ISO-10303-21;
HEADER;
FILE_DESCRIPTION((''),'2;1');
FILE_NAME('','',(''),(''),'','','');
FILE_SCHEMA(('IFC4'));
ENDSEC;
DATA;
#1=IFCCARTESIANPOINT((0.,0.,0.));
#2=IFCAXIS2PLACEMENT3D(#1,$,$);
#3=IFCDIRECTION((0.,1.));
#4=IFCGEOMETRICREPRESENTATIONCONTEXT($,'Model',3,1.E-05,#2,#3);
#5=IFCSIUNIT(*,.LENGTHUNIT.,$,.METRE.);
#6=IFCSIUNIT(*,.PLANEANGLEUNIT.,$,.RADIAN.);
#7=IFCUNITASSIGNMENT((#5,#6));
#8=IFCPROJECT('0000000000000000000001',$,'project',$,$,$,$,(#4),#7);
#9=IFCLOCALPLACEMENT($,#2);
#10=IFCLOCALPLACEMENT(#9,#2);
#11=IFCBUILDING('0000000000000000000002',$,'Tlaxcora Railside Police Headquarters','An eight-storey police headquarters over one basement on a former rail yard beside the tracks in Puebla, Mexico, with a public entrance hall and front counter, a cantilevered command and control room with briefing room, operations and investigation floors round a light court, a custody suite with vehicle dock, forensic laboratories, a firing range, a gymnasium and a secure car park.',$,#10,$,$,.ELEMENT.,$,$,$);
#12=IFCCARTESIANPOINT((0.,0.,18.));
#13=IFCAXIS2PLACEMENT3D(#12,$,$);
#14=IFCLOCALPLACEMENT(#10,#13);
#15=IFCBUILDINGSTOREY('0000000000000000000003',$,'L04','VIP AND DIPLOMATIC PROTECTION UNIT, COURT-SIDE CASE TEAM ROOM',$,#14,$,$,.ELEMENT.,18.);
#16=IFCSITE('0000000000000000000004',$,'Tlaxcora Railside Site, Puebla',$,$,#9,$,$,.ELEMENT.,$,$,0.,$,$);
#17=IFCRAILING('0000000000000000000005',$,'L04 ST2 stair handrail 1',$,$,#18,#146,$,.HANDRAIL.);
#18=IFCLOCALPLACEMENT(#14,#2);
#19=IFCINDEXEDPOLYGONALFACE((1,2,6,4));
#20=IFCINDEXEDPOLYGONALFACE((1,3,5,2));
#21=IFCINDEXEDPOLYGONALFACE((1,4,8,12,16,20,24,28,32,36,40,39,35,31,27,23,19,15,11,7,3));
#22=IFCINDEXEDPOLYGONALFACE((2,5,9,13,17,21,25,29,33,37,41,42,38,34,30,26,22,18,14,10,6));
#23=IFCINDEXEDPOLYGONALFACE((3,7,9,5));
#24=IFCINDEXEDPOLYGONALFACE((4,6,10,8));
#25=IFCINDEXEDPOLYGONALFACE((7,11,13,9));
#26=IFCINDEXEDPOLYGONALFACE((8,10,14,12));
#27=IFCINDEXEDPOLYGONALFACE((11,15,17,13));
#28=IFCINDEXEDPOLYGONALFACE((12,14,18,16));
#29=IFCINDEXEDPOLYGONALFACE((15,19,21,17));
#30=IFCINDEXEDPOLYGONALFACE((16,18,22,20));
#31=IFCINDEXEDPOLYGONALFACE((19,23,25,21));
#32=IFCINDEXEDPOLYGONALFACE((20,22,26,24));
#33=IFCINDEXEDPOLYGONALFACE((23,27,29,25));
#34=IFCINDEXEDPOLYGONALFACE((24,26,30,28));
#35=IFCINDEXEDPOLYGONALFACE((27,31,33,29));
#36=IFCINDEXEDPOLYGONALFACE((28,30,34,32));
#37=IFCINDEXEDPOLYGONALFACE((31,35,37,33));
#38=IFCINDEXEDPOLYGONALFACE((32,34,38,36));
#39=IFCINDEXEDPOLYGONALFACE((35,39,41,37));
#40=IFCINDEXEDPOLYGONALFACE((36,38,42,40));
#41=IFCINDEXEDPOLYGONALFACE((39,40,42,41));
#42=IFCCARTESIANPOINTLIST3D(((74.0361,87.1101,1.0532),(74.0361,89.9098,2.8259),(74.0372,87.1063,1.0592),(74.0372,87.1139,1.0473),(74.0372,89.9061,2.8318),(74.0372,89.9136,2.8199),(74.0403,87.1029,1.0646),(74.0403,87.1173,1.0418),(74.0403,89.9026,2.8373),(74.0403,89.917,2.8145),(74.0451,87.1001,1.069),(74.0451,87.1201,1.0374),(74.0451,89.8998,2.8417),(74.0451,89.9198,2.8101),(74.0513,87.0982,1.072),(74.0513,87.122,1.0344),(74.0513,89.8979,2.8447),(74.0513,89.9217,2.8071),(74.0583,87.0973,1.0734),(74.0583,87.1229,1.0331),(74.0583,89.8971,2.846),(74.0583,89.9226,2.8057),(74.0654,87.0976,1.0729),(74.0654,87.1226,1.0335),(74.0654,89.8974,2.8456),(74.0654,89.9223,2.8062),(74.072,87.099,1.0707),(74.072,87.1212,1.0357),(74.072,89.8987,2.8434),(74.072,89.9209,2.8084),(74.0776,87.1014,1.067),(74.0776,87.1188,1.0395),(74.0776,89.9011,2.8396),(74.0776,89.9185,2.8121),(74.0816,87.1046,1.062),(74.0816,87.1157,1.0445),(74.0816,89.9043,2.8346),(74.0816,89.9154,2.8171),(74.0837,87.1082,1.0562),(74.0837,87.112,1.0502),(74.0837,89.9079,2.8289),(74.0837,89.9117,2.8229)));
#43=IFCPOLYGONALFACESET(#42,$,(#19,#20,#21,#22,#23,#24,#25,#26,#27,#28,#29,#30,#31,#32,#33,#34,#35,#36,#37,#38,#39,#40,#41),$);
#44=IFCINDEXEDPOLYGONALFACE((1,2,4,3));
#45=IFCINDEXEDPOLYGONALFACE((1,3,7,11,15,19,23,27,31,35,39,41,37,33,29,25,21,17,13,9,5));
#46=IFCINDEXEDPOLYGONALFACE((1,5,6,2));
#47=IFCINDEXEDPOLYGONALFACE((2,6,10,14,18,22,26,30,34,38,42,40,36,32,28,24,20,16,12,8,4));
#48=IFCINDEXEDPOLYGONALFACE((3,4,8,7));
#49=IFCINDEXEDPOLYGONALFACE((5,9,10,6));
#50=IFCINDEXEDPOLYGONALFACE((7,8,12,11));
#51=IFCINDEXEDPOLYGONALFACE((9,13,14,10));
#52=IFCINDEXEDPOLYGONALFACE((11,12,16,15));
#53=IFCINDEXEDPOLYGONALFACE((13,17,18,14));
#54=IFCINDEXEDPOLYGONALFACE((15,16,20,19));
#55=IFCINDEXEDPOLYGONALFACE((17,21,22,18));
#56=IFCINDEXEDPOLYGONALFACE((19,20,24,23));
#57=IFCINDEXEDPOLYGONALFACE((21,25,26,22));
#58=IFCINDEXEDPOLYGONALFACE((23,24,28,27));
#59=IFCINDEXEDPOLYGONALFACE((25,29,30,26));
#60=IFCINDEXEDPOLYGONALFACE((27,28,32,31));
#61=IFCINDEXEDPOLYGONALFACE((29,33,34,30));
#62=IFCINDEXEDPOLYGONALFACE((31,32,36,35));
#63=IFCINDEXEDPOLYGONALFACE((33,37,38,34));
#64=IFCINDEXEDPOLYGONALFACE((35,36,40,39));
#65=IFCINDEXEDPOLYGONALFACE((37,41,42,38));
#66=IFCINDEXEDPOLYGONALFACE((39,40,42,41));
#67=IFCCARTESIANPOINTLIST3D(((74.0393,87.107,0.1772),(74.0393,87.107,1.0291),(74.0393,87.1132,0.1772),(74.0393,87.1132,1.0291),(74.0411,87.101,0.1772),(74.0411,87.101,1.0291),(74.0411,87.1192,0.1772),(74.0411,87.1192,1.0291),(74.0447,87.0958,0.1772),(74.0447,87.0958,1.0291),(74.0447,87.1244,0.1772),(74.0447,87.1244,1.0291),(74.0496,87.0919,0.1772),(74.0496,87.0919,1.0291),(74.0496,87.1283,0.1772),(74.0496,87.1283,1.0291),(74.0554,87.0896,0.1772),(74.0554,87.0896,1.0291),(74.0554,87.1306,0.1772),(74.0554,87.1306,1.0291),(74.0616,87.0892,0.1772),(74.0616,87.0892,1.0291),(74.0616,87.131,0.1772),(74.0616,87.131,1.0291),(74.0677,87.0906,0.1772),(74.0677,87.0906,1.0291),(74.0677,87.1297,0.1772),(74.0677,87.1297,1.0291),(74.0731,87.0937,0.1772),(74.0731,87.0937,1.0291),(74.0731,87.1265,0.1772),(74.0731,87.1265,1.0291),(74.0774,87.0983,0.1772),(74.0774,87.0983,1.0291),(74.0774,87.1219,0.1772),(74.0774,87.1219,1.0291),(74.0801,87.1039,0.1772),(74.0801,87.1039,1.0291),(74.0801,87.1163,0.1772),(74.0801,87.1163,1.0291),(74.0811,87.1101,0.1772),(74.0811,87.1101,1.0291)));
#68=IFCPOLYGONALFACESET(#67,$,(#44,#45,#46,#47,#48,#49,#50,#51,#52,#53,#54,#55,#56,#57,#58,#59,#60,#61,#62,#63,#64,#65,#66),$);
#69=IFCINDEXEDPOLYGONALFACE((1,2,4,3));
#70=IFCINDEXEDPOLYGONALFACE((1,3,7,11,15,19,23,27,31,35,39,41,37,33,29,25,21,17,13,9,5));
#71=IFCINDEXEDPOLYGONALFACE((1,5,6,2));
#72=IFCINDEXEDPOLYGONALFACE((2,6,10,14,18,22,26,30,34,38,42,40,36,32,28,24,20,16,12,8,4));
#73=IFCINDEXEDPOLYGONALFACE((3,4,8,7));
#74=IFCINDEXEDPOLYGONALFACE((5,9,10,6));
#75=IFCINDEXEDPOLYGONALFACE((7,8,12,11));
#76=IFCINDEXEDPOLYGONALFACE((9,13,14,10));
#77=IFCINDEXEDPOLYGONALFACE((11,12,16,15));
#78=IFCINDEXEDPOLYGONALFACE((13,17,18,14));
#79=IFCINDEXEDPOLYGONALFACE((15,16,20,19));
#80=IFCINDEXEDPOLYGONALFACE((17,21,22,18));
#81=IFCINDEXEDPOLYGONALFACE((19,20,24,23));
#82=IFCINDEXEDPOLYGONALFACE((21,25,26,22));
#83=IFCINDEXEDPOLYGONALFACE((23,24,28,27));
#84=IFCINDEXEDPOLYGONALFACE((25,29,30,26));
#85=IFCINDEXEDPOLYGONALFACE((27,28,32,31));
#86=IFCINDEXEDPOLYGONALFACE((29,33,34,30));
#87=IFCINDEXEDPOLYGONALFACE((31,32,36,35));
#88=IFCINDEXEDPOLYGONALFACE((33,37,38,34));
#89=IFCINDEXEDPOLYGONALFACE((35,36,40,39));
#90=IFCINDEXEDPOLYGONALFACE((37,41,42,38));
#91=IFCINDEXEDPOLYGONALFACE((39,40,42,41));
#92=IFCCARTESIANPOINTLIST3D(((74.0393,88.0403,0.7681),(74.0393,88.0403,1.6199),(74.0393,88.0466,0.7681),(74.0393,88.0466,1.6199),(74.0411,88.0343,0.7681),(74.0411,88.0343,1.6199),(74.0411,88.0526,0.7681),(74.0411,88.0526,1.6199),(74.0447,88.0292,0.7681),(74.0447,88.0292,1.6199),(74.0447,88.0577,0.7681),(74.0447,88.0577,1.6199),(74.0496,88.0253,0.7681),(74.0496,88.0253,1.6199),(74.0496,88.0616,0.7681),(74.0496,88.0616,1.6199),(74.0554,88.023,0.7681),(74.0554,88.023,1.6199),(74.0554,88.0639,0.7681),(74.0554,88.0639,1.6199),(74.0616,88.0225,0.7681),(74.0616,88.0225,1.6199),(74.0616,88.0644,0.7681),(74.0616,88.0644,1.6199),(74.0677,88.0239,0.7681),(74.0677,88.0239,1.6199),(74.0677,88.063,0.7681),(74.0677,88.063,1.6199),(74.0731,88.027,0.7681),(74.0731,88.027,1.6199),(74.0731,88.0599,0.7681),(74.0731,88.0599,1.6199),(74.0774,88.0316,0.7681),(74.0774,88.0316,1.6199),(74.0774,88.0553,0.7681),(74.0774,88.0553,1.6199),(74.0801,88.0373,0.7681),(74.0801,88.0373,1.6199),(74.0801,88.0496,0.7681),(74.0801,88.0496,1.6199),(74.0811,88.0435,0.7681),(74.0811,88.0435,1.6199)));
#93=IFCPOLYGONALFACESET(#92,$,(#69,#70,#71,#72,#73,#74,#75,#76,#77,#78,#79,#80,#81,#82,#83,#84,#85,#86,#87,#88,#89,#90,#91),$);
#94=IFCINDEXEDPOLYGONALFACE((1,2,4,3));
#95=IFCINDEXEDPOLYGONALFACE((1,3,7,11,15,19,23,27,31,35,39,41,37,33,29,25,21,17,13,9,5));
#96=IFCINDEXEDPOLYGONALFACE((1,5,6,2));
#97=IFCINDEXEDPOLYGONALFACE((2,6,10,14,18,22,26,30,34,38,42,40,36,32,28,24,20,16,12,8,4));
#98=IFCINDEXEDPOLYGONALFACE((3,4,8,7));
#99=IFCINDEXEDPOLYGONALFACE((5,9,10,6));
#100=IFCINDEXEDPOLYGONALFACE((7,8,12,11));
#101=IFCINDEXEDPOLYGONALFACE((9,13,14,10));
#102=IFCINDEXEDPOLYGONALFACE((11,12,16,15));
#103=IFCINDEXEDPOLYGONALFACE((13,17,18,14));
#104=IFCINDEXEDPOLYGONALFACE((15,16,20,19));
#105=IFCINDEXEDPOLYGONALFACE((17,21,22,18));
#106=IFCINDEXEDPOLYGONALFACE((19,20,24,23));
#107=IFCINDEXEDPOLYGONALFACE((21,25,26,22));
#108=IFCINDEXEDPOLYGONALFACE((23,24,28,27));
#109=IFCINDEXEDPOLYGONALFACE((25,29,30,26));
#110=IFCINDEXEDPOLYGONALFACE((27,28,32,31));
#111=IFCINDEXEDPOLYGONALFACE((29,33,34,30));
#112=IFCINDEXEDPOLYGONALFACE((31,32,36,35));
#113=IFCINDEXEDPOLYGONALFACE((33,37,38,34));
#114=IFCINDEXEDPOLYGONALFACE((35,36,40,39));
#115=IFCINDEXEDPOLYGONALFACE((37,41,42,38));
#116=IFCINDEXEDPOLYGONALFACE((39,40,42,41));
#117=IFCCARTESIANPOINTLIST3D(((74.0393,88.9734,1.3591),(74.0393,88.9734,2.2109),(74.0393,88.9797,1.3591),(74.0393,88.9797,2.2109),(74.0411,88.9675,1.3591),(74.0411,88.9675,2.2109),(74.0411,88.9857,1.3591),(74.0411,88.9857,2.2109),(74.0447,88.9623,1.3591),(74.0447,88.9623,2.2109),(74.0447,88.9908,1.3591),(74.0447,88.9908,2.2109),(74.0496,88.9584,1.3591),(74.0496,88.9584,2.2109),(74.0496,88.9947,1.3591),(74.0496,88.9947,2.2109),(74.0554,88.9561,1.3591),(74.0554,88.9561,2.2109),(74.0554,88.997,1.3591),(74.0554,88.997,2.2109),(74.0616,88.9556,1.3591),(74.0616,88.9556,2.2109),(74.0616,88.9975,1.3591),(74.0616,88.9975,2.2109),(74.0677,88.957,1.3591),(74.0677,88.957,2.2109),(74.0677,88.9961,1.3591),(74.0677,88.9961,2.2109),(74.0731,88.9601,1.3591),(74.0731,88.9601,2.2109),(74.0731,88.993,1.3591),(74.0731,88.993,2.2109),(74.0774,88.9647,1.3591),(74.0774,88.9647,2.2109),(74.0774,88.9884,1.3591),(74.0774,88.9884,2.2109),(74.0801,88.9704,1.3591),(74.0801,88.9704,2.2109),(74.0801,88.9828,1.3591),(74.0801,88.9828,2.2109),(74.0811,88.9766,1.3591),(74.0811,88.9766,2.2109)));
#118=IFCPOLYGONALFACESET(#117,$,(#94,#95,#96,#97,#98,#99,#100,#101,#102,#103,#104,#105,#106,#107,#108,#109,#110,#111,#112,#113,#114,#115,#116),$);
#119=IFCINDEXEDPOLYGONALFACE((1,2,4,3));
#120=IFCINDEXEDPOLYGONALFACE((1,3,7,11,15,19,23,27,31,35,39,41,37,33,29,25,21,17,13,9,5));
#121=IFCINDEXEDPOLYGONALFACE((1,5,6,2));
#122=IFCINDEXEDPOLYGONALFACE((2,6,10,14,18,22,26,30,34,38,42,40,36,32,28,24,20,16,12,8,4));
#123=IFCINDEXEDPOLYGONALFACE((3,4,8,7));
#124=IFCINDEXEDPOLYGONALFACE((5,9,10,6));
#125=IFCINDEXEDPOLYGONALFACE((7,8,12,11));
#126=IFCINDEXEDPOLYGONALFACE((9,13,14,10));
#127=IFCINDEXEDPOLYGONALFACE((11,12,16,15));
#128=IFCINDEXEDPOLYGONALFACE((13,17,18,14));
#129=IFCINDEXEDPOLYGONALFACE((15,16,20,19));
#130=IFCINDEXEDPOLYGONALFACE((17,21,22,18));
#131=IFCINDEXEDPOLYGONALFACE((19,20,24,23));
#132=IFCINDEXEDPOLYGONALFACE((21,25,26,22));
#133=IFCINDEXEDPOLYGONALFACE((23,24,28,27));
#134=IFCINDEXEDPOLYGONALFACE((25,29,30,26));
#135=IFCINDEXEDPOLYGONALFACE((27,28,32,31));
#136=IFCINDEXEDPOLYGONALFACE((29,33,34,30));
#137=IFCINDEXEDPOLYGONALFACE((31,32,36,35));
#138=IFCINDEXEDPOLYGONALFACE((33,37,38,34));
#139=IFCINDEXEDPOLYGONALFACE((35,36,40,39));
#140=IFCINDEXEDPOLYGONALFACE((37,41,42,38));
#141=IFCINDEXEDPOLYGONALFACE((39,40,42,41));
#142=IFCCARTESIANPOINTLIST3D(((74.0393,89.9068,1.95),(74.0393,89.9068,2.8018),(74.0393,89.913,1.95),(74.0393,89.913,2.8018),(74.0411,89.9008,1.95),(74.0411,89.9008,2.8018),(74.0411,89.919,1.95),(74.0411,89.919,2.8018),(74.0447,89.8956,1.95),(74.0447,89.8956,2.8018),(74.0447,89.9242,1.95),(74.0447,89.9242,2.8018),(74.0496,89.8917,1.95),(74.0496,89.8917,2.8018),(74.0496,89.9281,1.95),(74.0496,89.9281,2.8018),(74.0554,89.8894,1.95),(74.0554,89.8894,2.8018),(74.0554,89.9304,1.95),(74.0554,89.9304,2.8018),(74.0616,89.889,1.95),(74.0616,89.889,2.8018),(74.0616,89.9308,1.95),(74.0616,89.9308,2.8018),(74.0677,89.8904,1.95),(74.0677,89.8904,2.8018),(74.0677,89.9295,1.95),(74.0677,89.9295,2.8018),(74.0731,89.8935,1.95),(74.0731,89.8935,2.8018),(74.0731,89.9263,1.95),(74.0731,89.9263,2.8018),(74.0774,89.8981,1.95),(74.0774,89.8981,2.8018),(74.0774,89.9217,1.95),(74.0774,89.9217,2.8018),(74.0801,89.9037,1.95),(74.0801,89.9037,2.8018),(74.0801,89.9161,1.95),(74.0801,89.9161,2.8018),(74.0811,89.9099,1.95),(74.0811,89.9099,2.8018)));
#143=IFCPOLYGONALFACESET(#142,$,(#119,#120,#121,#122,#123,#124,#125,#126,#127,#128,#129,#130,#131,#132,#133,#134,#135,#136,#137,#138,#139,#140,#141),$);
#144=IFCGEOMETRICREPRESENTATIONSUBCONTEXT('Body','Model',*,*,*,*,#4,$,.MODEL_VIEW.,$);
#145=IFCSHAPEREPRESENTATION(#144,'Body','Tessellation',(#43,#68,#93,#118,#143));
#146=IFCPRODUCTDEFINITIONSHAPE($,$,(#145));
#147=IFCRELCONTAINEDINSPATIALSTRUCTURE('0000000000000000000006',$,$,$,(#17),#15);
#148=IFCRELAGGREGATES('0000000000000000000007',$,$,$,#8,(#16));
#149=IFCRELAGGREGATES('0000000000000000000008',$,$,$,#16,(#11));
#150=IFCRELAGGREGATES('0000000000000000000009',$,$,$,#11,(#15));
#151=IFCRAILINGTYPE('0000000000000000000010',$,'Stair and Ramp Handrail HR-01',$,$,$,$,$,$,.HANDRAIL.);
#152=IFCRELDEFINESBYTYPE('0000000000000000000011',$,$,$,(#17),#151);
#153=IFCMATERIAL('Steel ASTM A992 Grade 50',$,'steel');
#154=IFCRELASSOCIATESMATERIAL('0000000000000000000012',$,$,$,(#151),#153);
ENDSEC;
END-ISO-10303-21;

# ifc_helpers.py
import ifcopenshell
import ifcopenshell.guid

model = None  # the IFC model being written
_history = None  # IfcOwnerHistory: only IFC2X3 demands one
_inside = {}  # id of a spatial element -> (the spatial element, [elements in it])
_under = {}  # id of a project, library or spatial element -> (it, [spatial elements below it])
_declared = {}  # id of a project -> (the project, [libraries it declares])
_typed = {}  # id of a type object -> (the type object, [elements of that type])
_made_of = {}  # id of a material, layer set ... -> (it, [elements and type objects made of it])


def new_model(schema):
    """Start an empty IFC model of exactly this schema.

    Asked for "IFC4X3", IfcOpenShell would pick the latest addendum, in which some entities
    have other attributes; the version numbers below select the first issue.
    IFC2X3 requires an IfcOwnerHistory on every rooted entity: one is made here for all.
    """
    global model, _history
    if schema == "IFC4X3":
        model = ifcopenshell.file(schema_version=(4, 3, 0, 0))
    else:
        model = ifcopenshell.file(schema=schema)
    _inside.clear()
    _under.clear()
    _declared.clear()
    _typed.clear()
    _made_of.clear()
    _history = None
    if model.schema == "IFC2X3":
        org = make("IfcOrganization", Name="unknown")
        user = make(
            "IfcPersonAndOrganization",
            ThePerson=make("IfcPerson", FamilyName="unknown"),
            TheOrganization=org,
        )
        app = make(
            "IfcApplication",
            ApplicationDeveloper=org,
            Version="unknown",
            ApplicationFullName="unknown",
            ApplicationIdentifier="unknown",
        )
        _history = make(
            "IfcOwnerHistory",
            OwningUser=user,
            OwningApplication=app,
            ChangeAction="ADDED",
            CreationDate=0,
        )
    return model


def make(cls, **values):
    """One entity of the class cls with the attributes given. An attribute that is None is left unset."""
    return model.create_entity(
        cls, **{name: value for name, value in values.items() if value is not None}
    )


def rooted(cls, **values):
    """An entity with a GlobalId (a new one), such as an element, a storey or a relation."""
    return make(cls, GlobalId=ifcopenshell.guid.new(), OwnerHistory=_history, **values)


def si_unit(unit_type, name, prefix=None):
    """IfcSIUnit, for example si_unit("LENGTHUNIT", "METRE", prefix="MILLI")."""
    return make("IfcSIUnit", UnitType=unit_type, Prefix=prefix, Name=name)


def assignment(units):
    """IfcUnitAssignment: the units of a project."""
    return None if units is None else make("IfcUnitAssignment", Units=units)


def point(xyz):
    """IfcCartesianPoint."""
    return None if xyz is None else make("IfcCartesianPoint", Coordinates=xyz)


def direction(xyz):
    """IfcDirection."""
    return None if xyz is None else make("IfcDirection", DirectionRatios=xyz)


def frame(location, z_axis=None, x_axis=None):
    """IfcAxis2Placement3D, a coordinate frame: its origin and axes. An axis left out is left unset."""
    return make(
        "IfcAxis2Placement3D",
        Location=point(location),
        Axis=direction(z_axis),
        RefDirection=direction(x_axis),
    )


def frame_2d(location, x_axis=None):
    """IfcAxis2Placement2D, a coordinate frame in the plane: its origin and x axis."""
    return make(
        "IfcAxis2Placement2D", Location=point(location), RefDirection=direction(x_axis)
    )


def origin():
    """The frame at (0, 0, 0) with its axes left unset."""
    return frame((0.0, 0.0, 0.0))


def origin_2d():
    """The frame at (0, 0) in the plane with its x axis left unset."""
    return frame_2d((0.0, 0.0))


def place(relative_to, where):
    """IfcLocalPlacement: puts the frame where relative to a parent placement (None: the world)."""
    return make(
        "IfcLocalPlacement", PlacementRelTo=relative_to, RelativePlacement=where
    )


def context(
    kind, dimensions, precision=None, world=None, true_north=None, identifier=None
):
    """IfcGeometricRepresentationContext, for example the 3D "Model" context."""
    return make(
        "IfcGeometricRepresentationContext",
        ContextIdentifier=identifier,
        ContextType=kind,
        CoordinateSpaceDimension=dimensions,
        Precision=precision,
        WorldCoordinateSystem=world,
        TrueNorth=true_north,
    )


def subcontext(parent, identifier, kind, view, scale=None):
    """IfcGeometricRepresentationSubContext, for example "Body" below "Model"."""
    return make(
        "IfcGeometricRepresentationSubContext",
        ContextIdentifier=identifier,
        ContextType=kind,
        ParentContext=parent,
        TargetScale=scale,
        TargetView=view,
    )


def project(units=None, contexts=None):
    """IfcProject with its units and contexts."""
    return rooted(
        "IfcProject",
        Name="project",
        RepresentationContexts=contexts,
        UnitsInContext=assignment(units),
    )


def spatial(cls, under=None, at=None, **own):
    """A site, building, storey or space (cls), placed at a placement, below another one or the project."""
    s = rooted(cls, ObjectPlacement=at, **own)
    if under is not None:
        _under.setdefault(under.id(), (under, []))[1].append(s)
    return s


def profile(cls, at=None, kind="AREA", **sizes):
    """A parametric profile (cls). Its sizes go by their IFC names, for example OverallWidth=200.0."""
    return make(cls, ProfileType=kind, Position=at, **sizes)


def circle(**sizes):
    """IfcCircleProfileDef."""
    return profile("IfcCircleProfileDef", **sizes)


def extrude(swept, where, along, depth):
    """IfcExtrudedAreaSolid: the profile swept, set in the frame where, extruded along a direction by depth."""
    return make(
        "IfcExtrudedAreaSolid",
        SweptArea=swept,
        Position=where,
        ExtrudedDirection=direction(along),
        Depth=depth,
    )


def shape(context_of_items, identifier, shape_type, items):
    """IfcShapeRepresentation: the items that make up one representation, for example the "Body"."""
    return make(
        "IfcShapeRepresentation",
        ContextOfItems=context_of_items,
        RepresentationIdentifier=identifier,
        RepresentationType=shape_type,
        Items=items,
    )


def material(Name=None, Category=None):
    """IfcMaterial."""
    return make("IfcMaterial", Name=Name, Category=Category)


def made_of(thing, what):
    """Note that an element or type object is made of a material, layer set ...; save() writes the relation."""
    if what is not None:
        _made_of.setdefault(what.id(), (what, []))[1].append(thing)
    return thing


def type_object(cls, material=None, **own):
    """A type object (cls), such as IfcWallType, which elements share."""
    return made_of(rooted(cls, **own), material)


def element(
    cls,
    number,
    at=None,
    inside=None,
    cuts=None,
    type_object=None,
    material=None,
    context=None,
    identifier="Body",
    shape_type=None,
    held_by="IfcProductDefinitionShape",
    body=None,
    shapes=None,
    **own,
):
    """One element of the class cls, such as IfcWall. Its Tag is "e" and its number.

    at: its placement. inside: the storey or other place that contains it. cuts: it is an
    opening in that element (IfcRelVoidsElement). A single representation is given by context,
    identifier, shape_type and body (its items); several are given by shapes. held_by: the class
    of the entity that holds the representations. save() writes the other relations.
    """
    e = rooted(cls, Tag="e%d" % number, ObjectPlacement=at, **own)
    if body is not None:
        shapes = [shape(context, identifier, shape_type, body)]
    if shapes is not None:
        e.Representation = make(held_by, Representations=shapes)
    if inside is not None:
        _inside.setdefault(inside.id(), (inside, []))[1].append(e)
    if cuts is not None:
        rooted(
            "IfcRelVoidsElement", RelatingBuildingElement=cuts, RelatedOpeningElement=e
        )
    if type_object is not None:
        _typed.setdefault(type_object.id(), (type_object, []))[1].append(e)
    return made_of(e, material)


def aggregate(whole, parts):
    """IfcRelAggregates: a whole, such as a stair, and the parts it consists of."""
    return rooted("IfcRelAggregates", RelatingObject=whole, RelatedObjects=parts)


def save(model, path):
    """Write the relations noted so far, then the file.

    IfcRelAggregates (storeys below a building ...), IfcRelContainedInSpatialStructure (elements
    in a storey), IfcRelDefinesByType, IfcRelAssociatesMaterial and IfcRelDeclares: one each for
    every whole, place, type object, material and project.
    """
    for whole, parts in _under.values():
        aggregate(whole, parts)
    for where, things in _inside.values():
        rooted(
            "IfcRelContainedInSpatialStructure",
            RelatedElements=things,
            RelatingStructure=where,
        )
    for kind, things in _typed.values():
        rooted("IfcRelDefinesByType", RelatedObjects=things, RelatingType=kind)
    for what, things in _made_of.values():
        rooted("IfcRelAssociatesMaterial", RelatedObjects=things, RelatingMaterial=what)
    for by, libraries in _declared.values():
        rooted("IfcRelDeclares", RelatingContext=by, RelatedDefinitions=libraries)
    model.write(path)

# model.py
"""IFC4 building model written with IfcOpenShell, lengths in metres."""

from ifc_helpers import new_model, si_unit, direction, frame, origin, origin_2d, place, context, subcontext, project, spatial, circle, extrude, material, type_object, element, save


model = new_model("IFC4")

# Units and contexts
model_context = context("Model", 3, precision=1e-05, world=origin(), true_north=direction((0.0, 1.0)))
body_context = subcontext(model_context, "Body", "Model", "MODEL_VIEW")
ifc_project = project(units=[si_unit("LENGTHUNIT", "METRE"), si_unit("PLANEANGLEUNIT", "RADIAN")], contexts=[model_context])

# Site, building, storey
site_placement = place(None, origin())
site = spatial("IfcSite", under=ifc_project, at=site_placement, Name="Tlaxcora Railside Site, Puebla", CompositionType="ELEMENT", RefElevation=0.0)
building_placement = place(site_placement, origin())
building = spatial("IfcBuilding", under=site, at=building_placement, Name="Tlaxcora Railside Police Headquarters", Description="An eight-storey police headquarters over one basement on a former rail yard beside the tracks in Puebla, Mexico, with a public entrance hall and front counter, a cantilevered command and control room with briefing room, operations and investigation floors round a light court, a custody suite with vehicle dock, forensic laboratories, a firing range, a gymnasium and a secure car park.", CompositionType="ELEMENT")
storey_placement = place(building_placement, frame((0.0, 0.0, 18.0)))
storey = spatial("IfcBuildingStorey", under=building, at=storey_placement, Name="L04", Description="VIP AND DIPLOMATIC PROTECTION UNIT, COURT-SIDE CASE TEAM ROOM", CompositionType="ELEMENT", Elevation=18.0)

# Shared definitions
ifc_material_1 = material(Name="Steel ASTM A992 Grade 50", Category="steel")

# Railing
railing_type_1 = type_object("IfcRailingType", Name="Stair and Ramp Handrail HR-01", PredefinedType="HANDRAIL", material=ifc_material_1)
railing_1_placement = place(storey_placement, frame((74.0601, 87.1101, 0.1772)))
element("IfcRailing", 1, at=railing_1_placement, inside=storey, type_object=railing_type_1, Name="L04 ST2 stair handrail 1", PredefinedType="HANDRAIL", context=body_context, shape_type="SweptSolid", body=[
    extrude(circle(Radius=0.0239, at=origin_2d()), frame((0.0, 0.0, 0.876), z_axis=(0.0, 0.844888, 0.534943), x_axis=(-1.0, 0.0, 0.0)), (0.0, 0.0, 1.0), 3.3137),
    extrude(circle(Radius=0.021, at=origin_2d()), origin(), (0.0, 0.0, 1.0), 0.8518),
    extrude(circle(Radius=0.021, at=origin_2d()), frame((0.0, 0.9333, 0.5908)), (0.0, 0.0, 1.0), 0.8518),
    extrude(circle(Radius=0.021, at=origin_2d()), frame((0.0, 1.8665, 1.1819)), (0.0, 0.0, 1.0), 0.8518),
    extrude(circle(Radius=0.021, at=origin_2d()), frame((0.0, 2.7998, 1.7727)), (0.0, 0.0, 1.0), 0.8518),
])

save(model, "model.ifc")
